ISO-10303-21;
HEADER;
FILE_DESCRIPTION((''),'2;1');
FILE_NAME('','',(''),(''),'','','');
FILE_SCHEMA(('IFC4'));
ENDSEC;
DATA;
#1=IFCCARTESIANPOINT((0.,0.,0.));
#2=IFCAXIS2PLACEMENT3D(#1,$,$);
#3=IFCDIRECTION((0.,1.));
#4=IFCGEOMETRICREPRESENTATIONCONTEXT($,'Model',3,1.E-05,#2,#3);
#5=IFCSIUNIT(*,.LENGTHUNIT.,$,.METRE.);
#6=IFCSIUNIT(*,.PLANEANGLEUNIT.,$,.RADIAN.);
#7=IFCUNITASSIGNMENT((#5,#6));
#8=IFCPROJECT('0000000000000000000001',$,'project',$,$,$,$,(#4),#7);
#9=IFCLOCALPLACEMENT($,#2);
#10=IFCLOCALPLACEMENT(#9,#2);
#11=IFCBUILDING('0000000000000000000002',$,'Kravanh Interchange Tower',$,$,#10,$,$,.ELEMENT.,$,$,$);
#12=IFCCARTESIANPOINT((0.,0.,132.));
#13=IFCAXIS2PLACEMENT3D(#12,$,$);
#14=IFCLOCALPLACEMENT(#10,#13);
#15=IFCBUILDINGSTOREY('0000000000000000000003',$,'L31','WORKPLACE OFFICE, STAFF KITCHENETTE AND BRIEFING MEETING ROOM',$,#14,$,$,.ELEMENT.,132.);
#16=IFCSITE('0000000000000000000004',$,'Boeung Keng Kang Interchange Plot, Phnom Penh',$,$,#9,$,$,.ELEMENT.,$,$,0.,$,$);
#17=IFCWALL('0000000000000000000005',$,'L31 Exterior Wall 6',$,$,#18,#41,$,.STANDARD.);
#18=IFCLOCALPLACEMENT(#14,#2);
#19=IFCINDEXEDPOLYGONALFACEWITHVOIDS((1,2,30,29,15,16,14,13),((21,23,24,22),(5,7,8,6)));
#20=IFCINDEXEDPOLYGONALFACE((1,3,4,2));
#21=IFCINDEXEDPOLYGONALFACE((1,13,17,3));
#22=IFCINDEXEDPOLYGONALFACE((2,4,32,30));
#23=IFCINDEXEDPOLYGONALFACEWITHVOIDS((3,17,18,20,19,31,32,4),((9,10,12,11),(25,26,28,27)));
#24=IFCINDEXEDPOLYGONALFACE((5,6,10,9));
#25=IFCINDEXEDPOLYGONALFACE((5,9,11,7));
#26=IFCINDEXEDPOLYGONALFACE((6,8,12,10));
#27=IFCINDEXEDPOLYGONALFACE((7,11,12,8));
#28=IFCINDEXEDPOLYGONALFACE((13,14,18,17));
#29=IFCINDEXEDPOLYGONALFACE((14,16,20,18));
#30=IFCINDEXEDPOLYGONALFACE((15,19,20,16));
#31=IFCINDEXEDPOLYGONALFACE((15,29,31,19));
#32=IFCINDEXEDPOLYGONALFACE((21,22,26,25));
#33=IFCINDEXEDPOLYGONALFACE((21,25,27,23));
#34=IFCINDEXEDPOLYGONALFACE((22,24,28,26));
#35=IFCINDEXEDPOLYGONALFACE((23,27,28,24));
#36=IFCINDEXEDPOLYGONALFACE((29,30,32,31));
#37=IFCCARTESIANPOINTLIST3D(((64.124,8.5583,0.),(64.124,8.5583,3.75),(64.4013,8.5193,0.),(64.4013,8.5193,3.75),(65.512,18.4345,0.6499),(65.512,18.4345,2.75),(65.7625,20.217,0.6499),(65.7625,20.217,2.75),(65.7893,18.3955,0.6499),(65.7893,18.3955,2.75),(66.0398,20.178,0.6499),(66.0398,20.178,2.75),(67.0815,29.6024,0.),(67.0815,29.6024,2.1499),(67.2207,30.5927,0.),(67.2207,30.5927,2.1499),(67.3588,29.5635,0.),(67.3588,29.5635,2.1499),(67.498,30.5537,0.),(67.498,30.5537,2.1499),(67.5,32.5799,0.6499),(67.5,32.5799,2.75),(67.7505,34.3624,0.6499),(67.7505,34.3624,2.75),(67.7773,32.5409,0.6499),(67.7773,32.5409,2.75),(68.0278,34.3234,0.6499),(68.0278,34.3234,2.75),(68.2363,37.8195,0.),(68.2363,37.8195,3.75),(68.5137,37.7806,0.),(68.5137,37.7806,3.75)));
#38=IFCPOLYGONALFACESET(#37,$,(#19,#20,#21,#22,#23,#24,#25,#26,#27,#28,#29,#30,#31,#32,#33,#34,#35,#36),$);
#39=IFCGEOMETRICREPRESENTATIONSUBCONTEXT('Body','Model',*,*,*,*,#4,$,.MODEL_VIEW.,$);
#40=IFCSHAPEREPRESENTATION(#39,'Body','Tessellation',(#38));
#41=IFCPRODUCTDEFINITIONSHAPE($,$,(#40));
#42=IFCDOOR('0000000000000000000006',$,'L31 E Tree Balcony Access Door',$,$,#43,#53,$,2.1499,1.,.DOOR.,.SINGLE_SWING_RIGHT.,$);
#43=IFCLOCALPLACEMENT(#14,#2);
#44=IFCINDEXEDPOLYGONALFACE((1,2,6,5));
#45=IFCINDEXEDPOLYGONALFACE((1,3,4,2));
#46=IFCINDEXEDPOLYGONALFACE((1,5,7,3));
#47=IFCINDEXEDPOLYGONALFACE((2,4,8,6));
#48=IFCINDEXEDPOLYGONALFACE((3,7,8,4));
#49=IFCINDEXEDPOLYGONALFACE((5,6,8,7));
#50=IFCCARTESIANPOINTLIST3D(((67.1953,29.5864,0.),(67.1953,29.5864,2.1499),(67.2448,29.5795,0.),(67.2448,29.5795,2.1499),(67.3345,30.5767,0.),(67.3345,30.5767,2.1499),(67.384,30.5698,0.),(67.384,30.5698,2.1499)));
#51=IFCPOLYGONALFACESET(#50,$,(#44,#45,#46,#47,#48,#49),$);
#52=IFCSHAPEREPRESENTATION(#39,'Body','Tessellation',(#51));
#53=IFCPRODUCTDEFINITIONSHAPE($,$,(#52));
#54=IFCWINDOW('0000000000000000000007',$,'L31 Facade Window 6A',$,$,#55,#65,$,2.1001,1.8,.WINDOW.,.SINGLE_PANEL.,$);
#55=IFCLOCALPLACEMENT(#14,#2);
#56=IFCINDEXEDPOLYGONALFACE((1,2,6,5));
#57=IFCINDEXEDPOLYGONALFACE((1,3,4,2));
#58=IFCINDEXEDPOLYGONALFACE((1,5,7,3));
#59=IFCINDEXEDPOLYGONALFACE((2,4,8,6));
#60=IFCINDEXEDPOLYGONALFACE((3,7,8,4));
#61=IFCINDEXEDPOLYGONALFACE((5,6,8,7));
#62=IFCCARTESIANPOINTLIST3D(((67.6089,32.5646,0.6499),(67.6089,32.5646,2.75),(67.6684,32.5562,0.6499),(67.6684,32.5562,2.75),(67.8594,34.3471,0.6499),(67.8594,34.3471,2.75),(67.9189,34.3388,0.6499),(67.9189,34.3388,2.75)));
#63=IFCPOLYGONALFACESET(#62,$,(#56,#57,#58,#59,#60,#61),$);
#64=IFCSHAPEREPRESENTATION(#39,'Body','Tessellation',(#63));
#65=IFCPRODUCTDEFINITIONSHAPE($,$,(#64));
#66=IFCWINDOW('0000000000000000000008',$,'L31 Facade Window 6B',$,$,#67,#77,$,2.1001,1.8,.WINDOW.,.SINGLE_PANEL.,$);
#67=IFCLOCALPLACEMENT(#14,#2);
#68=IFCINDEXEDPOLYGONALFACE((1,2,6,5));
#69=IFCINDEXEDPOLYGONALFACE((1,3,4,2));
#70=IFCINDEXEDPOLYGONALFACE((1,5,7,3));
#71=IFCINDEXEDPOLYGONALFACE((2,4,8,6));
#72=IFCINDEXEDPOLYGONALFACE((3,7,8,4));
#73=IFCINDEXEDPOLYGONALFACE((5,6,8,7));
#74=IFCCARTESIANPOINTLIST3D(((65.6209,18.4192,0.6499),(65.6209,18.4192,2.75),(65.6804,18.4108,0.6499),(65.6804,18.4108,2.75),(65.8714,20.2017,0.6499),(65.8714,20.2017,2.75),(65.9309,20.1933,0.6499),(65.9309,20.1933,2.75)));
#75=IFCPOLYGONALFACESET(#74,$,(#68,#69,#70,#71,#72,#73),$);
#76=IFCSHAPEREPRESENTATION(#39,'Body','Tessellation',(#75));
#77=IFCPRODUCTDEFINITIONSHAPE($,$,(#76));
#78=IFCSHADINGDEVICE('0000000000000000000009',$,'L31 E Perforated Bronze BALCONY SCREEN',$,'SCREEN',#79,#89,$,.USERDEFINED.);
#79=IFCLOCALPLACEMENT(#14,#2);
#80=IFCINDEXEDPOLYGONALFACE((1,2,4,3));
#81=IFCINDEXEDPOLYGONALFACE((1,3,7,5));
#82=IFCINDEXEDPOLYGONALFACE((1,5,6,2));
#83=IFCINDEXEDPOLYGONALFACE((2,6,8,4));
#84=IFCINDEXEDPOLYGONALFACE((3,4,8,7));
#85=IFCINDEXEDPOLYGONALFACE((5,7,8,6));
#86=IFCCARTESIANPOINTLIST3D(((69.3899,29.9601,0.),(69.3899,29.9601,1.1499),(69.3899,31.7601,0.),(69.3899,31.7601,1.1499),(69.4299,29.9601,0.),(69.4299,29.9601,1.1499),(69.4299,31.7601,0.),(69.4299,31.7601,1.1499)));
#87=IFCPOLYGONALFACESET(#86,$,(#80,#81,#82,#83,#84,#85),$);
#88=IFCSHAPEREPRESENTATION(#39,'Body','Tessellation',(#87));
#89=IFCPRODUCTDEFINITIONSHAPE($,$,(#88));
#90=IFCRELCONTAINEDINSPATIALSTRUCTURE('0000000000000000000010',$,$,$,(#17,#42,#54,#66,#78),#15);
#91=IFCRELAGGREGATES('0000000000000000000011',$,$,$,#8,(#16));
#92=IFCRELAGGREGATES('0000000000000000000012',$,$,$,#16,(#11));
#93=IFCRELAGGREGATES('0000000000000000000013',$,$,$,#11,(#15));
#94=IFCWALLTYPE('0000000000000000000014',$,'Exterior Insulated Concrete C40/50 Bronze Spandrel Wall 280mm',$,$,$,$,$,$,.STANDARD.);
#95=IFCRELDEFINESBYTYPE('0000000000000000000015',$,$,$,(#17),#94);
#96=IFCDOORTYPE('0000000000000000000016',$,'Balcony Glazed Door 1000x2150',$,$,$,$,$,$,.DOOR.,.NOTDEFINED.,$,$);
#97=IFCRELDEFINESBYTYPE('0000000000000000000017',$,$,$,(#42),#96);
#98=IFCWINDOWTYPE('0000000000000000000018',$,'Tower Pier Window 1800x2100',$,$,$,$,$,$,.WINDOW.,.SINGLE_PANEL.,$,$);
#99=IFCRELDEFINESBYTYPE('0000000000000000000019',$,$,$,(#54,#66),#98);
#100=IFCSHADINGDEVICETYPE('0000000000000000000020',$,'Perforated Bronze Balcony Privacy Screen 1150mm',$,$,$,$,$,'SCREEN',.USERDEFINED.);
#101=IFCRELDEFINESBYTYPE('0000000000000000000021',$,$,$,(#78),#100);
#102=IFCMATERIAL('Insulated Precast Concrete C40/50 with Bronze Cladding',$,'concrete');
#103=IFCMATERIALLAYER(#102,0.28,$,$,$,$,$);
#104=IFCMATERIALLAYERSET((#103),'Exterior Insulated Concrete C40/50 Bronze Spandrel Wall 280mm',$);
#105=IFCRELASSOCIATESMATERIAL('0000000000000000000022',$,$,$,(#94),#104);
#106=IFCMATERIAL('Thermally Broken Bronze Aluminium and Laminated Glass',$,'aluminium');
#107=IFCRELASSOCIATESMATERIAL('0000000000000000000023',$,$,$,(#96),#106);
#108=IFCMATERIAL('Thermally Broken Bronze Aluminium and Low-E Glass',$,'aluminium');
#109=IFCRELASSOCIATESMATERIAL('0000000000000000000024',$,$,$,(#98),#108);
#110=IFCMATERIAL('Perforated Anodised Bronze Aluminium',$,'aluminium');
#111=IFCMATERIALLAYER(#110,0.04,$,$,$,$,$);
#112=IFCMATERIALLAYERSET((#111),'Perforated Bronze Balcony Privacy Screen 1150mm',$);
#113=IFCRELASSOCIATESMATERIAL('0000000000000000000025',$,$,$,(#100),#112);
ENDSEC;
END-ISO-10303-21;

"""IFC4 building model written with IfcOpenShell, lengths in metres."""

from ifc_helpers import new_model, si_unit, direction, frame, frame_2d, origin, origin_2d, place, context, subcontext, project, spatial, rectangle, extrude, material, layer, layer_set, type_object, element, fill, save


model = new_model("IFC4")

# Units and contexts
model_context = context("Model", 3, precision=1e-05, world=origin(), true_north=direction((0.0, 1.0)))
body_context = subcontext(model_context, "Body", "Model", "MODEL_VIEW")
ifc_project = project(units=[si_unit("LENGTHUNIT", "METRE"), si_unit("PLANEANGLEUNIT", "RADIAN")], contexts=[model_context])

# Site, building, storey
site_placement = place(None, origin())
site = spatial("IfcSite", under=ifc_project, at=site_placement, Name="Boeung Keng Kang Interchange Plot, Phnom Penh", CompositionType="ELEMENT", RefElevation=0.0)
building_placement = place(site_placement, origin())
building = spatial("IfcBuilding", under=site, at=building_placement, Name="Kravanh Interchange Tower", CompositionType="ELEMENT")
storey_placement = place(building_placement, frame((0.0, 0.0, 132.0)))
storey = spatial("IfcBuildingStorey", under=building, at=storey_placement, Name="L31", Description="WORKPLACE OFFICE, STAFF KITCHENETTE AND BRIEFING MEETING ROOM", CompositionType="ELEMENT", Elevation=132.0)

# Wall, openings, door, windows
ifc_material_1 = material(Name="Insulated Precast Concrete C40/50 with Bronze Cladding", Category="concrete")
ifc_layer_1 = layer(ifc_material_1, 0.28)
ifc_layer_set_1 = layer_set([ifc_layer_1], Name="Exterior Insulated Concrete C40/50 Bronze Spandrel Wall 280mm")
wall_type_1 = type_object("IfcWallType", Name="Exterior Insulated Concrete C40/50 Bronze Spandrel Wall 280mm", PredefinedType="STANDARD", material=ifc_layer_set_1)
wall_1_placement = place(storey_placement, frame((68.375, 37.8, 0.0), z_axis=(0.0, 0.0, 1.0), x_axis=(-0.13917, -0.990269, 0.0)))
wall_1 = element("IfcWall", 1, at=wall_1_placement, inside=storey, type_object=wall_type_1, Name="L31 Exterior Wall 6", PredefinedType="STANDARD", context=body_context, shape_type="SweptSolid", body=[
    extrude(rectangle(XDim=29.5488, YDim=0.28, at=frame_2d((14.7744, 0.0))), origin(), (0.0, 0.0, 1.0), 3.75),
])
opening_1_placement = place(wall_1_placement, frame((7.2979, 0.0, 0.0)))
opening_1 = element("IfcOpeningElement", 2, at=opening_1_placement, cuts=wall_1, PredefinedType="OPENING", context=body_context, shape_type="SweptSolid", body=[
    extrude(rectangle(XDim=1.0, YDim=2.1499, at=frame_2d((0.5, 1.075))), frame((0.0, 0.1499, 0.0), z_axis=(0.0, -1.0, 0.0), x_axis=(1.0, 0.0, 0.0)), (0.0, 0.0, 1.0), 0.3),
])
opening_2_placement = place(wall_1_placement, frame((3.4912, 0.0, 0.6499)))
opening_2 = element("IfcOpeningElement", 3, at=opening_2_placement, cuts=wall_1, PredefinedType="OPENING", context=body_context, shape_type="SweptSolid", body=[
    extrude(rectangle(XDim=1.8, YDim=2.1001, at=frame_2d((0.8999, 1.05))), frame((0.0, 0.1499, 0.0), z_axis=(0.0, -1.0, 0.0), x_axis=(1.0, 0.0, 0.0)), (0.0, 0.0, 1.0), 0.3),
])
opening_3_placement = place(wall_1_placement, frame((17.7756, 0.0, 0.6499)))
opening_3 = element("IfcOpeningElement", 4, at=opening_3_placement, cuts=wall_1, PredefinedType="OPENING", context=body_context, shape_type="SweptSolid", body=[
    extrude(rectangle(XDim=1.8, YDim=2.1001, at=frame_2d((0.8999, 1.05))), frame((0.0, 0.1499, 0.0), z_axis=(0.0, -1.0, 0.0), x_axis=(1.0, 0.0, 0.0)), (0.0, 0.0, 1.0), 0.3),
])
ifc_material_2 = material(Name="Thermally Broken Bronze Aluminium and Laminated Glass", Category="aluminium")
door_type_1 = type_object("IfcDoorType", Name="Balcony Glazed Door 1000x2150", OperationType="NOTDEFINED", PredefinedType="DOOR", material=ifc_material_2)
door_1_placement = place(opening_1_placement, origin())
door_1 = element("IfcDoor", 5, at=door_1_placement, inside=storey, type_object=door_type_1, Name="L31 E Tree Balcony Access Door", OperationType="SINGLE_SWING_RIGHT", OverallHeight=2.1499, OverallWidth=1.0, PredefinedType="DOOR", context=body_context, shape_type="SweptSolid", body=[
    extrude(rectangle(XDim=1.0, YDim=2.1499, at=frame_2d((0.5, 1.075))), frame((0.0, 0.0249, 0.0), z_axis=(0.0, -1.0, 0.0), x_axis=(1.0, 0.0, 0.0)), (0.0, 0.0, 1.0), 0.05),
])
fill(opening_1, door_1)
ifc_material_3 = material(Name="Thermally Broken Bronze Aluminium and Low-E Glass", Category="aluminium")
window_type = type_object("IfcWindowType", Name="Tower Pier Window 1800x2100", PartitioningType="SINGLE_PANEL", PredefinedType="WINDOW", material=ifc_material_3)
window_1_placement = place(opening_2_placement, origin())
window_1 = element("IfcWindow", 6, at=window_1_placement, inside=storey, type_object=window_type, Name="L31 Facade Window 6A", OverallHeight=2.1001, OverallWidth=1.8, PartitioningType="SINGLE_PANEL", PredefinedType="WINDOW", context=body_context, shape_type="SweptSolid", body=[
    extrude(rectangle(XDim=1.8, YDim=2.1001, at=frame_2d((0.8999, 1.05))), frame((0.0, 0.03, 0.0), z_axis=(0.0, -1.0, 0.0), x_axis=(1.0, 0.0, 0.0)), (0.0, 0.0, 1.0), 0.0601),
])
fill(opening_2, window_1)
window_2_placement = place(opening_3_placement, origin())
window_2 = element("IfcWindow", 7, at=window_2_placement, inside=storey, type_object=window_type, Name="L31 Facade Window 6B", OverallHeight=2.1001, OverallWidth=1.8, PartitioningType="SINGLE_PANEL", PredefinedType="WINDOW", context=body_context, shape_type="SweptSolid", body=[
    extrude(rectangle(XDim=1.8, YDim=2.1001, at=frame_2d((0.8999, 1.05))), frame((0.0, 0.03, 0.0), z_axis=(0.0, -1.0, 0.0), x_axis=(1.0, 0.0, 0.0)), (0.0, 0.0, 1.0), 0.0601),
])
fill(opening_3, window_2)

# Shading device
ifc_material_4 = material(Name="Perforated Anodised Bronze Aluminium", Category="aluminium")
ifc_layer_2 = layer(ifc_material_4, 0.04)
ifc_layer_set_2 = layer_set([ifc_layer_2], Name="Perforated Bronze Balcony Privacy Screen 1150mm")
shading_device_type = type_object("IfcShadingDeviceType", Name="Perforated Bronze Balcony Privacy Screen 1150mm", ElementType="SCREEN", PredefinedType="USERDEFINED", material=ifc_layer_set_2)
shading_device_placement = place(storey_placement, frame((69.4099, 30.8601, 0.0), z_axis=(0.0, 0.0, 1.0), x_axis=(1.0, 0.0, 0.0)))
element("IfcShadingDevice", 8, at=shading_device_placement, inside=storey, type_object=shading_device_type, Name="L31 E Perforated Bronze BALCONY SCREEN", ObjectType="SCREEN", PredefinedType="USERDEFINED", context=body_context, shape_type="SweptSolid", body=[
    extrude(rectangle(XDim=0.04, YDim=1.8, at=origin_2d()), origin(), (0.0, 0.0, 1.0), 1.1499),
])

save(model, "model.ifc")
